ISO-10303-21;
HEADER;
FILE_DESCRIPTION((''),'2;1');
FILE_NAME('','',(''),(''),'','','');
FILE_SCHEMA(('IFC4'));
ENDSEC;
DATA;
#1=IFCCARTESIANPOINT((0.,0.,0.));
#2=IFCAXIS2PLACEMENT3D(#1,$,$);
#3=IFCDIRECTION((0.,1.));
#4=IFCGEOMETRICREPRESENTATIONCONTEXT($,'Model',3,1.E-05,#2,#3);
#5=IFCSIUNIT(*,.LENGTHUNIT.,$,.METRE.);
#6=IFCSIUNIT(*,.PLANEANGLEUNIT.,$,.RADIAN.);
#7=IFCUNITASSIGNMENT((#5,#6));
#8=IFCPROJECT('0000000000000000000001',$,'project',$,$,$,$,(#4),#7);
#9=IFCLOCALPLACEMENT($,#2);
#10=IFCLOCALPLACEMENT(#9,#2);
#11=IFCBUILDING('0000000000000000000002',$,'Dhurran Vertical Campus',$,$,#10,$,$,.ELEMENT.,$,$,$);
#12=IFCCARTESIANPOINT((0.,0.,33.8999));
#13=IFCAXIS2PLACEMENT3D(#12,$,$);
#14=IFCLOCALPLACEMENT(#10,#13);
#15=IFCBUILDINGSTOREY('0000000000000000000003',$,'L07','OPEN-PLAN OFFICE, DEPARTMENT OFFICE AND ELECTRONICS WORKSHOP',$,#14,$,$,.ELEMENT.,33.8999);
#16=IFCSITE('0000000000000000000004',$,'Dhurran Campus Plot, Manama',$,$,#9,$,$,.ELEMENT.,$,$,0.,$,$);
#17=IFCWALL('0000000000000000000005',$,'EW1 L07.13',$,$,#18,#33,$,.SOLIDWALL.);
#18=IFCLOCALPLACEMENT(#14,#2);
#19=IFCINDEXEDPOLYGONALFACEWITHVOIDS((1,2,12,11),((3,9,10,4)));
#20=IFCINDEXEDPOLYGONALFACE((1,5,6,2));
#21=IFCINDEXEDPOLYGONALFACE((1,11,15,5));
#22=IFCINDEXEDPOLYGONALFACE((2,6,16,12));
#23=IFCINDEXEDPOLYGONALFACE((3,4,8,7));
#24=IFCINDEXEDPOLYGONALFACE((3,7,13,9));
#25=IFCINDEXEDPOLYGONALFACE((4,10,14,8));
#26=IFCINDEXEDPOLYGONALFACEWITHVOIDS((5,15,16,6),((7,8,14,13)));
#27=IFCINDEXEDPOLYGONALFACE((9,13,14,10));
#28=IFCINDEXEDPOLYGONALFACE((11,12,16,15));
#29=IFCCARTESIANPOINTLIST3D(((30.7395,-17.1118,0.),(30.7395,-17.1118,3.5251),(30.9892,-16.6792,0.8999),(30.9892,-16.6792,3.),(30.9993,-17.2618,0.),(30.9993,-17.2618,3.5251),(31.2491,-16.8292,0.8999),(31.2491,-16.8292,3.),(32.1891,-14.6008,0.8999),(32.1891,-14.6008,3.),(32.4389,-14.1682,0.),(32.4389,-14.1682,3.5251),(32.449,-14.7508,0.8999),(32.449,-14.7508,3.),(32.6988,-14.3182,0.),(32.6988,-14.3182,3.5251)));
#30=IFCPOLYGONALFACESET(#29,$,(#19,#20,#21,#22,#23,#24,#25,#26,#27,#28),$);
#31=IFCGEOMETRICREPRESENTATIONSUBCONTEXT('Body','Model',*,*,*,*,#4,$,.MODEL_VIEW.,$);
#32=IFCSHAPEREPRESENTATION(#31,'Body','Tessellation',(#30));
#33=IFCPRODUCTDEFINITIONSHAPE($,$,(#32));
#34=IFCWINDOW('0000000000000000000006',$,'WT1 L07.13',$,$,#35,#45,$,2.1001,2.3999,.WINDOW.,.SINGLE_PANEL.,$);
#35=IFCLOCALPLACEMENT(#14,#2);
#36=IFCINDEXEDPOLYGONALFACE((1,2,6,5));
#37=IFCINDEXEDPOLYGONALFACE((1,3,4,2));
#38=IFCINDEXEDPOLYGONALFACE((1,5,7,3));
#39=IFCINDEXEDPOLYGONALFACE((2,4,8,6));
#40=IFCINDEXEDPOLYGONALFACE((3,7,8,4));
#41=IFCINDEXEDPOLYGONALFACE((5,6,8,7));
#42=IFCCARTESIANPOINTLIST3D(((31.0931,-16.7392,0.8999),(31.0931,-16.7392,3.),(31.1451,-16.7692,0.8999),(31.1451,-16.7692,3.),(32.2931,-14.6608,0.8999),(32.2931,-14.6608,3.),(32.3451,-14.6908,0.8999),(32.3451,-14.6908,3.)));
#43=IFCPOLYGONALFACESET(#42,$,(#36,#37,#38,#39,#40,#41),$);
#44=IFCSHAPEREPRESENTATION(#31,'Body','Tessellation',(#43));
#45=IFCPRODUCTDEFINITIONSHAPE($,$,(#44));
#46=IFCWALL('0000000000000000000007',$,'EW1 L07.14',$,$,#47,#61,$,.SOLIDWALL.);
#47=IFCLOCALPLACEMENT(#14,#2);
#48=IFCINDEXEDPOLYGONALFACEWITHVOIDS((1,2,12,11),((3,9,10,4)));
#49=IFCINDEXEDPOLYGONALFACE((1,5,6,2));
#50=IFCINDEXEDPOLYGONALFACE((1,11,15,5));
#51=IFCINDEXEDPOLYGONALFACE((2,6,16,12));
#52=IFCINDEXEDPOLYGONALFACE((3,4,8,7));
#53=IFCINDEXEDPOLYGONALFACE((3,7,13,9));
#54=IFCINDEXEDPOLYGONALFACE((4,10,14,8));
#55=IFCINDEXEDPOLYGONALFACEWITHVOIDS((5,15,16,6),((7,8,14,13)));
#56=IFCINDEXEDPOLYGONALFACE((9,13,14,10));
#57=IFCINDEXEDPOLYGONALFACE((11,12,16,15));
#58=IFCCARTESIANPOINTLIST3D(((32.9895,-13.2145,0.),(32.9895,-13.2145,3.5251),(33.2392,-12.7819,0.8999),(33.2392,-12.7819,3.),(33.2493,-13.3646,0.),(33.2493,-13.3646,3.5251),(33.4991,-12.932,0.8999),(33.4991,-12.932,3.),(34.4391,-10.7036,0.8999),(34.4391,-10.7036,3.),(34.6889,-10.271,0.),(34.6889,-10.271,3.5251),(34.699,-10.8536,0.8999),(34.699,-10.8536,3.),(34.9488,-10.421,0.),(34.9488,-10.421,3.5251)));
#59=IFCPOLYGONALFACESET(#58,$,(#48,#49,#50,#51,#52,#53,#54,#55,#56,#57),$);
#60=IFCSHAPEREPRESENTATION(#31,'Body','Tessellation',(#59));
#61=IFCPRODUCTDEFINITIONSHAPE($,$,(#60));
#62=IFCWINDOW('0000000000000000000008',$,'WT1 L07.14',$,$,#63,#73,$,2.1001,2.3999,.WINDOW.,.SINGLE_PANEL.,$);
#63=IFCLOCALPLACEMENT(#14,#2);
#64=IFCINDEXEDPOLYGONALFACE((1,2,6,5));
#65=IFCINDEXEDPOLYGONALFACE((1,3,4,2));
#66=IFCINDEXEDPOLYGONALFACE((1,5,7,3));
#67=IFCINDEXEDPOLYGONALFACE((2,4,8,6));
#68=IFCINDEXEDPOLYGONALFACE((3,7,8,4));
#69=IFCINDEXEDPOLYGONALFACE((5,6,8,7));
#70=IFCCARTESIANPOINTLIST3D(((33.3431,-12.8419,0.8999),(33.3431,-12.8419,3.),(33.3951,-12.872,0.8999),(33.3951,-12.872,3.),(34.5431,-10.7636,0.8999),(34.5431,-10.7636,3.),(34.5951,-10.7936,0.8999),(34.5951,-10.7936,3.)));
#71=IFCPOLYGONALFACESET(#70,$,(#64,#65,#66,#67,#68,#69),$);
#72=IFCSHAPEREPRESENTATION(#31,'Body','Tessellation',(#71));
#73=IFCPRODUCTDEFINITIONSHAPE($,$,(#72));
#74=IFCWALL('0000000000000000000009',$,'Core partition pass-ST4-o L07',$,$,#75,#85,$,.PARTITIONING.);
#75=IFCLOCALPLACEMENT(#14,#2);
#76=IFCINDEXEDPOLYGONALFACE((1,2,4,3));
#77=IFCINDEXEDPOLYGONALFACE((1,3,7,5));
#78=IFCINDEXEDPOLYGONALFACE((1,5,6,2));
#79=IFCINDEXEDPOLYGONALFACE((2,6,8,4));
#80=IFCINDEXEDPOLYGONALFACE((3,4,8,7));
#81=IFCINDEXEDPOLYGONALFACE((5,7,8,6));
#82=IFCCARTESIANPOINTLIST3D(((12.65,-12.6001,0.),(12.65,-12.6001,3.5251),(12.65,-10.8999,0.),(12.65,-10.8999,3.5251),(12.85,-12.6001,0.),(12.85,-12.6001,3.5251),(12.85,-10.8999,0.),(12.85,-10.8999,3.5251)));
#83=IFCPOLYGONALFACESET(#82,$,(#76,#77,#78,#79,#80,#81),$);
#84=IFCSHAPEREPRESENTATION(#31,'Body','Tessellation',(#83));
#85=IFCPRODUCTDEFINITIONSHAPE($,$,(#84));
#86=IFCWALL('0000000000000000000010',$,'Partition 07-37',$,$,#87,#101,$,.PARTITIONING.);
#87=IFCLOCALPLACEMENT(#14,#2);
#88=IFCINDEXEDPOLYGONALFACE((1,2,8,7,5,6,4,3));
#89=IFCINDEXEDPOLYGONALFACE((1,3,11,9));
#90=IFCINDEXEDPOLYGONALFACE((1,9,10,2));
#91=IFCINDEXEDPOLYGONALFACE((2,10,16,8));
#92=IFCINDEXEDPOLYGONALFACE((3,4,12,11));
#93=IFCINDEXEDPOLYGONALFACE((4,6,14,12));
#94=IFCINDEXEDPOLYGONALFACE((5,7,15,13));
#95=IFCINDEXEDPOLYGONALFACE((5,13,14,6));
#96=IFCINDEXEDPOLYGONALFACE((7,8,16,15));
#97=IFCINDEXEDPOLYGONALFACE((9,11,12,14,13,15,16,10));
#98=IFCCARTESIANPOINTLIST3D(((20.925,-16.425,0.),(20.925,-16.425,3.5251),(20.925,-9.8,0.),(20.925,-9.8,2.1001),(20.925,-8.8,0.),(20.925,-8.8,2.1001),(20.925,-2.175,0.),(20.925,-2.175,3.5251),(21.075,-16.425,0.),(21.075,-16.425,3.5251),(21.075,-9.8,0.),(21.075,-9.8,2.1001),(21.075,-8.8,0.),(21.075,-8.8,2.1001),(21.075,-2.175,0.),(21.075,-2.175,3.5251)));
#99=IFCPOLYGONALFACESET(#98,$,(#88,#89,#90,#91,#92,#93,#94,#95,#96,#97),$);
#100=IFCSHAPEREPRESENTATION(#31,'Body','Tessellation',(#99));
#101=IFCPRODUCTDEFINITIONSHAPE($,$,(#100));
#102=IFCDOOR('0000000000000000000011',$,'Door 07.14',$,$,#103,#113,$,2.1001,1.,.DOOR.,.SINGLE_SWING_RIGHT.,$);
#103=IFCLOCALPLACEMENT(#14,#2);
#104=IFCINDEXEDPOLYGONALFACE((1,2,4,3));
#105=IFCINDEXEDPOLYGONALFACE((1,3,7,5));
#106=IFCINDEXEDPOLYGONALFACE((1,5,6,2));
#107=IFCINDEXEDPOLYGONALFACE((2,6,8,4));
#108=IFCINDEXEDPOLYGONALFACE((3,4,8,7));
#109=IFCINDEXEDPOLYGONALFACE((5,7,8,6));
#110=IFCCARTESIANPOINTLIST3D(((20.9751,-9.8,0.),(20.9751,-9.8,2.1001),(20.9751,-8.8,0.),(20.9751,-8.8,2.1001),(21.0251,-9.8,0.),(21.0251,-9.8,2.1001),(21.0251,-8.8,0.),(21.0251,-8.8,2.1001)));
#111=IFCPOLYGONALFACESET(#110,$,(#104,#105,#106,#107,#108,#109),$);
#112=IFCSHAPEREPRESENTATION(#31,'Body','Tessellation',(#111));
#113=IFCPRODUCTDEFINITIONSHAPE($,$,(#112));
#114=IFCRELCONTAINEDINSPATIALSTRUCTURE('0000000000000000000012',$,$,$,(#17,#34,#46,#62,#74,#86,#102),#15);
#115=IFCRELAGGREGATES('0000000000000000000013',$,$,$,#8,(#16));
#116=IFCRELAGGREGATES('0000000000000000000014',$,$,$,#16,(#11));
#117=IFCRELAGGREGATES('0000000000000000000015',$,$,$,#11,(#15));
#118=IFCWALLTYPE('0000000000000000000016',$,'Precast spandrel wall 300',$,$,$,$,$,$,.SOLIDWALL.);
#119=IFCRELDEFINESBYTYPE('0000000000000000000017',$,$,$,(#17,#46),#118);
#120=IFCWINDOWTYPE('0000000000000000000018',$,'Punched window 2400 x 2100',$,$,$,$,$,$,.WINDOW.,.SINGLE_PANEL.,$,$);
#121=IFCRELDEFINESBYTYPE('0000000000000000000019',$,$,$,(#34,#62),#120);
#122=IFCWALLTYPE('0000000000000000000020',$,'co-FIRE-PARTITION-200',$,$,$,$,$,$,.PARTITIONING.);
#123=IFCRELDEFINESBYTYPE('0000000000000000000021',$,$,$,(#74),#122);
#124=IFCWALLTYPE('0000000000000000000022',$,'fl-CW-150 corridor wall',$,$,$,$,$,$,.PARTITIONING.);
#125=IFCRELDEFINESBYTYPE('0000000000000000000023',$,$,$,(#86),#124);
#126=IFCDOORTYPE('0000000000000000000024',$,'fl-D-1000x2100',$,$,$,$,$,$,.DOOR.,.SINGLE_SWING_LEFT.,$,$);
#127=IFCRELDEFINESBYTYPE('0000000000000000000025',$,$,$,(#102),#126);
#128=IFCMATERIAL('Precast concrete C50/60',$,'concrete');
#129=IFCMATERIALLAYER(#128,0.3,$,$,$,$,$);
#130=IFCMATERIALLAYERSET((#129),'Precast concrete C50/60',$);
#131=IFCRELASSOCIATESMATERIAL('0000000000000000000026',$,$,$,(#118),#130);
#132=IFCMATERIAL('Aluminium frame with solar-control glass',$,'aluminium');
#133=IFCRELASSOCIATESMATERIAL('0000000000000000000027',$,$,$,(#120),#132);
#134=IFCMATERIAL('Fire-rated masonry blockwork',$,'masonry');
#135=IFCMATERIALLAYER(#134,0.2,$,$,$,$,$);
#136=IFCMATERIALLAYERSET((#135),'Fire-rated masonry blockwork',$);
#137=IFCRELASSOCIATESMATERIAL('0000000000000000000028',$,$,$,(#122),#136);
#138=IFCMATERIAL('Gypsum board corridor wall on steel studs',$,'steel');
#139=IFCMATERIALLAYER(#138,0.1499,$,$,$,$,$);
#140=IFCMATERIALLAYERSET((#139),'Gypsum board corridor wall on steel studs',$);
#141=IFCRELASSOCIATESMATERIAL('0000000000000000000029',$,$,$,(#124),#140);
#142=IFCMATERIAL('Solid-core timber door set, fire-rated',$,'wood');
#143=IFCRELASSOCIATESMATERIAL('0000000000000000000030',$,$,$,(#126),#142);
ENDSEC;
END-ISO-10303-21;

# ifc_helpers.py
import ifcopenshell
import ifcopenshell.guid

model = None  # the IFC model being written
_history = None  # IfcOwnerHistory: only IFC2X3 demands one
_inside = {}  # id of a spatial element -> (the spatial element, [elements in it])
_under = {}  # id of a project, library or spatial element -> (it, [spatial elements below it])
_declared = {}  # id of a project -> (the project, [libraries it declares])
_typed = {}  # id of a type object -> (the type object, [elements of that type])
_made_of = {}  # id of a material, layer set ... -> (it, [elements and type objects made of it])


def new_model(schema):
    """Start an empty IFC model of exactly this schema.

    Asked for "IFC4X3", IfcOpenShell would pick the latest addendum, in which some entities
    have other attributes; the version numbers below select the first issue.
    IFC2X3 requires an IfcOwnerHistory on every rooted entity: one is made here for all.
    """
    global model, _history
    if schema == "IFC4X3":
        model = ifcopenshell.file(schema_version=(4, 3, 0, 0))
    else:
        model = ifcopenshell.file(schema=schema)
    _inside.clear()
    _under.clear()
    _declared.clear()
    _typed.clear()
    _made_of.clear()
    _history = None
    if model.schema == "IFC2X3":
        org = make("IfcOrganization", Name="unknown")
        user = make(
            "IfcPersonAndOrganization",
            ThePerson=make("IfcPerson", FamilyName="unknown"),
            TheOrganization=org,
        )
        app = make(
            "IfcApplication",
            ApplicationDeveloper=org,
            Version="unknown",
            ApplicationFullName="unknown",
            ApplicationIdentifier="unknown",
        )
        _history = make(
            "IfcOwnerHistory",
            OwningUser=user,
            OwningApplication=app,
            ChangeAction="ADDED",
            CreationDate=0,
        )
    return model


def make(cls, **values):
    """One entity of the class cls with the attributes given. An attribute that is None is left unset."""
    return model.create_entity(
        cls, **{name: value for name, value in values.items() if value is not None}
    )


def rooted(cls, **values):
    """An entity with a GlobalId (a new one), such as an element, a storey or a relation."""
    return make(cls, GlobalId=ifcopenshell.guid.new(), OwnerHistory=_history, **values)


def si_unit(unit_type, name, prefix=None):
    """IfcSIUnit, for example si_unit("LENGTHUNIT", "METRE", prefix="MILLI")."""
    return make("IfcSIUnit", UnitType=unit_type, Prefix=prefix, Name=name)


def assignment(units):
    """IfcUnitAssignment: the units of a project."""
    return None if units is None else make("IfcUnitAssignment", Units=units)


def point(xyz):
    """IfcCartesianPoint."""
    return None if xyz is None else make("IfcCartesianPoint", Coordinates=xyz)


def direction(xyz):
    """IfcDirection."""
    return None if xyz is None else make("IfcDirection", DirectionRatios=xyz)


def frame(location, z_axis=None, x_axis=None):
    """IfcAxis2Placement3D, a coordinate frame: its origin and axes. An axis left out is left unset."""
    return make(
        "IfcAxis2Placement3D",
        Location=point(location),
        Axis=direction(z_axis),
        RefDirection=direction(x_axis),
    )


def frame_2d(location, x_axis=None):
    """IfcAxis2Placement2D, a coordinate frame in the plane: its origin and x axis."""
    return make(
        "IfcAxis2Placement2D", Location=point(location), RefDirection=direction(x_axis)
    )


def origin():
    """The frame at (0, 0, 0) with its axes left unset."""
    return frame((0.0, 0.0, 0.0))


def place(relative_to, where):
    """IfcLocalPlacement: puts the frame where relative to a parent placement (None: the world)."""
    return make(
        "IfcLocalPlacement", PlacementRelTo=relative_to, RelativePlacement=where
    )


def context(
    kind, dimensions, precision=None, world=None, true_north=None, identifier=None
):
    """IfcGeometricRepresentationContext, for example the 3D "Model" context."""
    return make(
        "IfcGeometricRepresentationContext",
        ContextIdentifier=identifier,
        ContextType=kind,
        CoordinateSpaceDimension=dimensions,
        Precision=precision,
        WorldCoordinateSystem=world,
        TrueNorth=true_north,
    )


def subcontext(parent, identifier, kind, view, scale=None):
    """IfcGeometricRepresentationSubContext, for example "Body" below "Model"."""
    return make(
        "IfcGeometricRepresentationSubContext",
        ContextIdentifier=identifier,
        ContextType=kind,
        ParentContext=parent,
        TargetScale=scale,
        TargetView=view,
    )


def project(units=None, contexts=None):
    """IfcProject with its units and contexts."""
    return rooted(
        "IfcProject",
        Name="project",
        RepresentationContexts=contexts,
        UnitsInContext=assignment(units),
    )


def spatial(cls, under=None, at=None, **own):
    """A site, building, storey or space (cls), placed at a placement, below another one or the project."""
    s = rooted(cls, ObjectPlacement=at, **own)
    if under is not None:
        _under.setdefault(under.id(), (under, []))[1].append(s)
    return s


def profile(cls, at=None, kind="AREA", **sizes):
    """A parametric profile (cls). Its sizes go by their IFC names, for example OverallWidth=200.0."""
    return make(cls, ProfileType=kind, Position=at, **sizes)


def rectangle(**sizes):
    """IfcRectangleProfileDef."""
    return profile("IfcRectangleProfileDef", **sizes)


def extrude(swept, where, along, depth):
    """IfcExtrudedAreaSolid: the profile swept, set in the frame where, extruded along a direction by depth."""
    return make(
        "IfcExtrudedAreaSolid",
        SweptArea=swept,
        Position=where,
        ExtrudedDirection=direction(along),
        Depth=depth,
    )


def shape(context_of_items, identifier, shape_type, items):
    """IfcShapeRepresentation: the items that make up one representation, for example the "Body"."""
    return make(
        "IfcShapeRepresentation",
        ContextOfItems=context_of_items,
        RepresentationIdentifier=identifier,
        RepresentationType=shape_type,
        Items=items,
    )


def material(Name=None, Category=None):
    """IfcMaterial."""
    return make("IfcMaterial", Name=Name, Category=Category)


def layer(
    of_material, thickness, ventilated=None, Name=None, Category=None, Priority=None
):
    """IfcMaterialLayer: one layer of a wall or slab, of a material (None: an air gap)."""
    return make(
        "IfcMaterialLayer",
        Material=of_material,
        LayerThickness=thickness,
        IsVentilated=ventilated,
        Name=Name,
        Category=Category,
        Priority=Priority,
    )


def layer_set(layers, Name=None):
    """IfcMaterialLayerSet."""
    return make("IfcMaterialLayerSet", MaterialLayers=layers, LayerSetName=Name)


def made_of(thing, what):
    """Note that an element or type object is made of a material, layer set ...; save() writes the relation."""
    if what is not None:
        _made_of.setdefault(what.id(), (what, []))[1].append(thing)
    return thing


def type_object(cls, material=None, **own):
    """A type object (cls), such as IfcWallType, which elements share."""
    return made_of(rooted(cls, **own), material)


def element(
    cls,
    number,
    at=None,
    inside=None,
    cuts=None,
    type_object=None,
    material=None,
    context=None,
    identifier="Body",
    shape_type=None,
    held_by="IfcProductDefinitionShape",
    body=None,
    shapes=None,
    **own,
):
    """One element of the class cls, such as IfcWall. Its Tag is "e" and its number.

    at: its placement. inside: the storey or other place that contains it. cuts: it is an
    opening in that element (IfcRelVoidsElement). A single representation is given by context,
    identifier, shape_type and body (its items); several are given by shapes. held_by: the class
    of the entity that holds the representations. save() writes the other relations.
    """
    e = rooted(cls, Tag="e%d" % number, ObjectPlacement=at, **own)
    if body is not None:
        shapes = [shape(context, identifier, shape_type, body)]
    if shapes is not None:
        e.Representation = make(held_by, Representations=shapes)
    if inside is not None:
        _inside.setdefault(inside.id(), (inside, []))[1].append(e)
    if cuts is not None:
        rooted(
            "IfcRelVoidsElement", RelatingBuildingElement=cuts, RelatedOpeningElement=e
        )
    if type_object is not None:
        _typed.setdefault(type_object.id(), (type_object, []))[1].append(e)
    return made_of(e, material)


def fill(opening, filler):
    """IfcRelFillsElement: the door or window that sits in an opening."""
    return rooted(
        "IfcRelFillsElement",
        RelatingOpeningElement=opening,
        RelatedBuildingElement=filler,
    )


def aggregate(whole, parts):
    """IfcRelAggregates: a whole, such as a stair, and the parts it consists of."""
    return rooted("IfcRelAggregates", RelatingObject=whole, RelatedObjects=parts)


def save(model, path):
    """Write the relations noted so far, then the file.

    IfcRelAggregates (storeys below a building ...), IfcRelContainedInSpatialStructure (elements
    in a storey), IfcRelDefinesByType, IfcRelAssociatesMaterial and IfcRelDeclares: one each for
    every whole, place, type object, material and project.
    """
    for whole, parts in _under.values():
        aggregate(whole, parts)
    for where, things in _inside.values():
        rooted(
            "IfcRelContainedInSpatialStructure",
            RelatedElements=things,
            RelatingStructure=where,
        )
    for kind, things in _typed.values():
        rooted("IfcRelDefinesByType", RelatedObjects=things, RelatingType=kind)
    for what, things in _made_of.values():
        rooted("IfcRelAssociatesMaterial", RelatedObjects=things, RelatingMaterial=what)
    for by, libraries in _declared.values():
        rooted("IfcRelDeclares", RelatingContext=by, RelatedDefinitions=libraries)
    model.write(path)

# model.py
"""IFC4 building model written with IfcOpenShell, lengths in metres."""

from ifc_helpers import new_model, si_unit, direction, frame, frame_2d, origin, place, context, subcontext, project, spatial, rectangle, extrude, material, layer, layer_set, type_object, element, fill, save


model = new_model("IFC4")

# Units and contexts
model_context = context("Model", 3, precision=1e-05, world=origin(), true_north=direction((0.0, 1.0)))
body_context = subcontext(model_context, "Body", "Model", "MODEL_VIEW")
ifc_project = project(units=[si_unit("LENGTHUNIT", "METRE"), si_unit("PLANEANGLEUNIT", "RADIAN")], contexts=[model_context])

# Site, building, storey
site_placement = place(None, origin())
site = spatial("IfcSite", under=ifc_project, at=site_placement, Name="Dhurran Campus Plot, Manama", CompositionType="ELEMENT", RefElevation=0.0)
building_placement = place(site_placement, origin())
building = spatial("IfcBuilding", under=site, at=building_placement, Name="Dhurran Vertical Campus", CompositionType="ELEMENT")
storey_placement = place(building_placement, frame((0.0, 0.0, 33.8999)))
storey = spatial("IfcBuildingStorey", under=building, at=storey_placement, Name="L07", Description="OPEN-PLAN OFFICE, DEPARTMENT OFFICE AND ELECTRONICS WORKSHOP", CompositionType="ELEMENT", Elevation=33.8999)

# Walls, openings, windows
ifc_material_1 = material(Name="Precast concrete C50/60", Category="concrete")
ifc_layer_1 = layer(ifc_material_1, 0.3)
ifc_layer_set_1 = layer_set([ifc_layer_1], Name="Precast concrete C50/60")
wall_type_1 = type_object("IfcWallType", Name="Precast spandrel wall 300", PredefinedType="SOLIDWALL", material=ifc_layer_set_1)
ifc_material_2 = material(Name="Aluminium frame with solar-control glass", Category="aluminium")
window_type = type_object("IfcWindowType", Name="Punched window 2400 x 2100", PartitioningType="SINGLE_PANEL", PredefinedType="WINDOW", material=ifc_material_2)
wall_1_placement = place(storey_placement, frame((30.8694, -17.1868, 0.0), z_axis=(0.0, 0.0, 1.0), x_axis=(0.499994, 0.866029, 0.0)))
wall_1 = element("IfcWall", 1, at=wall_1_placement, inside=storey, type_object=wall_type_1, Name="EW1 L07.13", PredefinedType="SOLIDWALL", context=body_context, shape_type="SweptSolid", body=[
    extrude(rectangle(XDim=3.3989, YDim=0.3, at=frame_2d((1.6995, 0.0))), origin(), (0.0, 0.0, 1.0), 3.5251),
])
opening_1_placement = place(wall_1_placement, frame((0.4995, 0.0, 0.8999)))
opening_1 = element("IfcOpeningElement", 2, at=opening_1_placement, cuts=wall_1, PredefinedType="OPENING", context=body_context, shape_type="SweptSolid", body=[
    extrude(rectangle(XDim=2.3999, YDim=2.1001, at=frame_2d((1.2, 1.05))), frame((0.0, 0.1599, 0.0), z_axis=(0.0, -1.0, 0.0), x_axis=(1.0, 0.0, 0.0)), (0.0, 0.0, 1.0), 0.3201),
])
window_1_placement = place(opening_1_placement, origin())
window_1 = element("IfcWindow", 3, at=window_1_placement, inside=storey, type_object=window_type, Name="WT1 L07.13", OverallHeight=2.1001, OverallWidth=2.3999, PartitioningType="SINGLE_PANEL", PredefinedType="WINDOW", context=body_context, shape_type="SweptSolid", body=[
    extrude(rectangle(XDim=2.3999, YDim=2.1001, at=frame_2d((1.2, 1.05))), frame((0.0, 0.03, 0.0), z_axis=(0.0, -1.0, 0.0), x_axis=(1.0, 0.0, 0.0)), (0.0, 0.0, 1.0), 0.0601),
])
fill(opening_1, window_1)
wall_2_placement = place(storey_placement, frame((33.1194, -13.2896, 0.0), z_axis=(0.0, 0.0, 1.0), x_axis=(0.499994, 0.866029, 0.0)))
wall_2 = element("IfcWall", 4, at=wall_2_placement, inside=storey, type_object=wall_type_1, Name="EW1 L07.14", PredefinedType="SOLIDWALL", context=body_context, shape_type="SweptSolid", body=[
    extrude(rectangle(XDim=3.3989, YDim=0.3, at=frame_2d((1.6995, 0.0))), origin(), (0.0, 0.0, 1.0), 3.5251),
])
opening_2_placement = place(wall_2_placement, frame((0.4995, 0.0, 0.8999)))
opening_2 = element("IfcOpeningElement", 5, at=opening_2_placement, cuts=wall_2, PredefinedType="OPENING", context=body_context, shape_type="SweptSolid", body=[
    extrude(rectangle(XDim=2.3999, YDim=2.1001, at=frame_2d((1.2, 1.05))), frame((0.0, 0.1599, 0.0), z_axis=(0.0, -1.0, 0.0), x_axis=(1.0, 0.0, 0.0)), (0.0, 0.0, 1.0), 0.3201),
])
window_2_placement = place(opening_2_placement, origin())
window_2 = element("IfcWindow", 6, at=window_2_placement, inside=storey, type_object=window_type, Name="WT1 L07.14", OverallHeight=2.1001, OverallWidth=2.3999, PartitioningType="SINGLE_PANEL", PredefinedType="WINDOW", context=body_context, shape_type="SweptSolid", body=[
    extrude(rectangle(XDim=2.3999, YDim=2.1001, at=frame_2d((1.2, 1.05))), frame((0.0, 0.03, 0.0), z_axis=(0.0, -1.0, 0.0), x_axis=(1.0, 0.0, 0.0)), (0.0, 0.0, 1.0), 0.0601),
])
fill(opening_2, window_2)

# Wall
ifc_material_3 = material(Name="Fire-rated masonry blockwork", Category="masonry")
ifc_layer_2 = layer(ifc_material_3, 0.2)
ifc_layer_set_2 = layer_set([ifc_layer_2], Name="Fire-rated masonry blockwork")
wall_type_2 = type_object("IfcWallType", Name="co-FIRE-PARTITION-200", PredefinedType="PARTITIONING", material=ifc_layer_set_2)
wall_3_placement = place(storey_placement, frame((12.75, -12.6001, 0.0), z_axis=(0.0, 0.0, 1.0), x_axis=(0.0, 1.0, 0.0)))
element("IfcWall", 7, at=wall_3_placement, inside=storey, type_object=wall_type_2, Name="Core partition pass-ST4-o L07", PredefinedType="PARTITIONING", context=body_context, shape_type="SweptSolid", body=[
    extrude(rectangle(XDim=1.7002, YDim=0.2, at=frame_2d((0.8501, 0.0))), origin(), (0.0, 0.0, 1.0), 3.5251),
])

# Wall, opening, door
ifc_material_4 = material(Name="Gypsum board corridor wall on steel studs", Category="steel")
ifc_layer_3 = layer(ifc_material_4, 0.1499)
ifc_layer_set_3 = layer_set([ifc_layer_3], Name="Gypsum board corridor wall on steel studs")
wall_type_3 = type_object("IfcWallType", Name="fl-CW-150 corridor wall", PredefinedType="PARTITIONING", material=ifc_layer_set_3)
wall_4_placement = place(storey_placement, frame((21.0, -16.425, 0.0), z_axis=(0.0, 0.0, 1.0), x_axis=(0.0, 1.0, 0.0)))
wall_4 = element("IfcWall", 8, at=wall_4_placement, inside=storey, type_object=wall_type_3, Name="Partition 07-37", PredefinedType="PARTITIONING", context=body_context, shape_type="SweptSolid", body=[
    extrude(rectangle(XDim=14.25, YDim=0.1499, at=frame_2d((7.125, 0.0))), origin(), (0.0, 0.0, 1.0), 3.5251),
])
opening_3_placement = place(wall_4_placement, frame((6.625, 0.0, 0.0)))
opening_3 = element("IfcOpeningElement", 9, at=opening_3_placement, cuts=wall_4, PredefinedType="OPENING", context=body_context, shape_type="SweptSolid", body=[
    extrude(rectangle(XDim=1.0, YDim=2.1001, at=frame_2d((0.5, 1.05))), frame((0.0, 0.085, 0.0), z_axis=(0.0, -1.0, 0.0), x_axis=(1.0, 0.0, 0.0)), (0.0, 0.0, 1.0), 0.1699),
])
ifc_material_5 = material(Name="Solid-core timber door set, fire-rated", Category="wood")
door_type = type_object("IfcDoorType", Name="fl-D-1000x2100", OperationType="SINGLE_SWING_LEFT", PredefinedType="DOOR", material=ifc_material_5)
door_placement = place(opening_3_placement, origin())
door = element("IfcDoor", 10, at=door_placement, inside=storey, type_object=door_type, Name="Door 07.14", OperationType="SINGLE_SWING_RIGHT", OverallHeight=2.1001, OverallWidth=1.0, PredefinedType="DOOR", context=body_context, shape_type="SweptSolid", body=[
    extrude(rectangle(XDim=1.0, YDim=2.1001, at=frame_2d((0.5, 1.05))), frame((0.0, 0.0249, 0.0), z_axis=(0.0, -1.0, 0.0), x_axis=(1.0, 0.0, 0.0)), (0.0, 0.0, 1.0), 0.05),
])
fill(opening_3, door)

save(model, "model.ifc")
